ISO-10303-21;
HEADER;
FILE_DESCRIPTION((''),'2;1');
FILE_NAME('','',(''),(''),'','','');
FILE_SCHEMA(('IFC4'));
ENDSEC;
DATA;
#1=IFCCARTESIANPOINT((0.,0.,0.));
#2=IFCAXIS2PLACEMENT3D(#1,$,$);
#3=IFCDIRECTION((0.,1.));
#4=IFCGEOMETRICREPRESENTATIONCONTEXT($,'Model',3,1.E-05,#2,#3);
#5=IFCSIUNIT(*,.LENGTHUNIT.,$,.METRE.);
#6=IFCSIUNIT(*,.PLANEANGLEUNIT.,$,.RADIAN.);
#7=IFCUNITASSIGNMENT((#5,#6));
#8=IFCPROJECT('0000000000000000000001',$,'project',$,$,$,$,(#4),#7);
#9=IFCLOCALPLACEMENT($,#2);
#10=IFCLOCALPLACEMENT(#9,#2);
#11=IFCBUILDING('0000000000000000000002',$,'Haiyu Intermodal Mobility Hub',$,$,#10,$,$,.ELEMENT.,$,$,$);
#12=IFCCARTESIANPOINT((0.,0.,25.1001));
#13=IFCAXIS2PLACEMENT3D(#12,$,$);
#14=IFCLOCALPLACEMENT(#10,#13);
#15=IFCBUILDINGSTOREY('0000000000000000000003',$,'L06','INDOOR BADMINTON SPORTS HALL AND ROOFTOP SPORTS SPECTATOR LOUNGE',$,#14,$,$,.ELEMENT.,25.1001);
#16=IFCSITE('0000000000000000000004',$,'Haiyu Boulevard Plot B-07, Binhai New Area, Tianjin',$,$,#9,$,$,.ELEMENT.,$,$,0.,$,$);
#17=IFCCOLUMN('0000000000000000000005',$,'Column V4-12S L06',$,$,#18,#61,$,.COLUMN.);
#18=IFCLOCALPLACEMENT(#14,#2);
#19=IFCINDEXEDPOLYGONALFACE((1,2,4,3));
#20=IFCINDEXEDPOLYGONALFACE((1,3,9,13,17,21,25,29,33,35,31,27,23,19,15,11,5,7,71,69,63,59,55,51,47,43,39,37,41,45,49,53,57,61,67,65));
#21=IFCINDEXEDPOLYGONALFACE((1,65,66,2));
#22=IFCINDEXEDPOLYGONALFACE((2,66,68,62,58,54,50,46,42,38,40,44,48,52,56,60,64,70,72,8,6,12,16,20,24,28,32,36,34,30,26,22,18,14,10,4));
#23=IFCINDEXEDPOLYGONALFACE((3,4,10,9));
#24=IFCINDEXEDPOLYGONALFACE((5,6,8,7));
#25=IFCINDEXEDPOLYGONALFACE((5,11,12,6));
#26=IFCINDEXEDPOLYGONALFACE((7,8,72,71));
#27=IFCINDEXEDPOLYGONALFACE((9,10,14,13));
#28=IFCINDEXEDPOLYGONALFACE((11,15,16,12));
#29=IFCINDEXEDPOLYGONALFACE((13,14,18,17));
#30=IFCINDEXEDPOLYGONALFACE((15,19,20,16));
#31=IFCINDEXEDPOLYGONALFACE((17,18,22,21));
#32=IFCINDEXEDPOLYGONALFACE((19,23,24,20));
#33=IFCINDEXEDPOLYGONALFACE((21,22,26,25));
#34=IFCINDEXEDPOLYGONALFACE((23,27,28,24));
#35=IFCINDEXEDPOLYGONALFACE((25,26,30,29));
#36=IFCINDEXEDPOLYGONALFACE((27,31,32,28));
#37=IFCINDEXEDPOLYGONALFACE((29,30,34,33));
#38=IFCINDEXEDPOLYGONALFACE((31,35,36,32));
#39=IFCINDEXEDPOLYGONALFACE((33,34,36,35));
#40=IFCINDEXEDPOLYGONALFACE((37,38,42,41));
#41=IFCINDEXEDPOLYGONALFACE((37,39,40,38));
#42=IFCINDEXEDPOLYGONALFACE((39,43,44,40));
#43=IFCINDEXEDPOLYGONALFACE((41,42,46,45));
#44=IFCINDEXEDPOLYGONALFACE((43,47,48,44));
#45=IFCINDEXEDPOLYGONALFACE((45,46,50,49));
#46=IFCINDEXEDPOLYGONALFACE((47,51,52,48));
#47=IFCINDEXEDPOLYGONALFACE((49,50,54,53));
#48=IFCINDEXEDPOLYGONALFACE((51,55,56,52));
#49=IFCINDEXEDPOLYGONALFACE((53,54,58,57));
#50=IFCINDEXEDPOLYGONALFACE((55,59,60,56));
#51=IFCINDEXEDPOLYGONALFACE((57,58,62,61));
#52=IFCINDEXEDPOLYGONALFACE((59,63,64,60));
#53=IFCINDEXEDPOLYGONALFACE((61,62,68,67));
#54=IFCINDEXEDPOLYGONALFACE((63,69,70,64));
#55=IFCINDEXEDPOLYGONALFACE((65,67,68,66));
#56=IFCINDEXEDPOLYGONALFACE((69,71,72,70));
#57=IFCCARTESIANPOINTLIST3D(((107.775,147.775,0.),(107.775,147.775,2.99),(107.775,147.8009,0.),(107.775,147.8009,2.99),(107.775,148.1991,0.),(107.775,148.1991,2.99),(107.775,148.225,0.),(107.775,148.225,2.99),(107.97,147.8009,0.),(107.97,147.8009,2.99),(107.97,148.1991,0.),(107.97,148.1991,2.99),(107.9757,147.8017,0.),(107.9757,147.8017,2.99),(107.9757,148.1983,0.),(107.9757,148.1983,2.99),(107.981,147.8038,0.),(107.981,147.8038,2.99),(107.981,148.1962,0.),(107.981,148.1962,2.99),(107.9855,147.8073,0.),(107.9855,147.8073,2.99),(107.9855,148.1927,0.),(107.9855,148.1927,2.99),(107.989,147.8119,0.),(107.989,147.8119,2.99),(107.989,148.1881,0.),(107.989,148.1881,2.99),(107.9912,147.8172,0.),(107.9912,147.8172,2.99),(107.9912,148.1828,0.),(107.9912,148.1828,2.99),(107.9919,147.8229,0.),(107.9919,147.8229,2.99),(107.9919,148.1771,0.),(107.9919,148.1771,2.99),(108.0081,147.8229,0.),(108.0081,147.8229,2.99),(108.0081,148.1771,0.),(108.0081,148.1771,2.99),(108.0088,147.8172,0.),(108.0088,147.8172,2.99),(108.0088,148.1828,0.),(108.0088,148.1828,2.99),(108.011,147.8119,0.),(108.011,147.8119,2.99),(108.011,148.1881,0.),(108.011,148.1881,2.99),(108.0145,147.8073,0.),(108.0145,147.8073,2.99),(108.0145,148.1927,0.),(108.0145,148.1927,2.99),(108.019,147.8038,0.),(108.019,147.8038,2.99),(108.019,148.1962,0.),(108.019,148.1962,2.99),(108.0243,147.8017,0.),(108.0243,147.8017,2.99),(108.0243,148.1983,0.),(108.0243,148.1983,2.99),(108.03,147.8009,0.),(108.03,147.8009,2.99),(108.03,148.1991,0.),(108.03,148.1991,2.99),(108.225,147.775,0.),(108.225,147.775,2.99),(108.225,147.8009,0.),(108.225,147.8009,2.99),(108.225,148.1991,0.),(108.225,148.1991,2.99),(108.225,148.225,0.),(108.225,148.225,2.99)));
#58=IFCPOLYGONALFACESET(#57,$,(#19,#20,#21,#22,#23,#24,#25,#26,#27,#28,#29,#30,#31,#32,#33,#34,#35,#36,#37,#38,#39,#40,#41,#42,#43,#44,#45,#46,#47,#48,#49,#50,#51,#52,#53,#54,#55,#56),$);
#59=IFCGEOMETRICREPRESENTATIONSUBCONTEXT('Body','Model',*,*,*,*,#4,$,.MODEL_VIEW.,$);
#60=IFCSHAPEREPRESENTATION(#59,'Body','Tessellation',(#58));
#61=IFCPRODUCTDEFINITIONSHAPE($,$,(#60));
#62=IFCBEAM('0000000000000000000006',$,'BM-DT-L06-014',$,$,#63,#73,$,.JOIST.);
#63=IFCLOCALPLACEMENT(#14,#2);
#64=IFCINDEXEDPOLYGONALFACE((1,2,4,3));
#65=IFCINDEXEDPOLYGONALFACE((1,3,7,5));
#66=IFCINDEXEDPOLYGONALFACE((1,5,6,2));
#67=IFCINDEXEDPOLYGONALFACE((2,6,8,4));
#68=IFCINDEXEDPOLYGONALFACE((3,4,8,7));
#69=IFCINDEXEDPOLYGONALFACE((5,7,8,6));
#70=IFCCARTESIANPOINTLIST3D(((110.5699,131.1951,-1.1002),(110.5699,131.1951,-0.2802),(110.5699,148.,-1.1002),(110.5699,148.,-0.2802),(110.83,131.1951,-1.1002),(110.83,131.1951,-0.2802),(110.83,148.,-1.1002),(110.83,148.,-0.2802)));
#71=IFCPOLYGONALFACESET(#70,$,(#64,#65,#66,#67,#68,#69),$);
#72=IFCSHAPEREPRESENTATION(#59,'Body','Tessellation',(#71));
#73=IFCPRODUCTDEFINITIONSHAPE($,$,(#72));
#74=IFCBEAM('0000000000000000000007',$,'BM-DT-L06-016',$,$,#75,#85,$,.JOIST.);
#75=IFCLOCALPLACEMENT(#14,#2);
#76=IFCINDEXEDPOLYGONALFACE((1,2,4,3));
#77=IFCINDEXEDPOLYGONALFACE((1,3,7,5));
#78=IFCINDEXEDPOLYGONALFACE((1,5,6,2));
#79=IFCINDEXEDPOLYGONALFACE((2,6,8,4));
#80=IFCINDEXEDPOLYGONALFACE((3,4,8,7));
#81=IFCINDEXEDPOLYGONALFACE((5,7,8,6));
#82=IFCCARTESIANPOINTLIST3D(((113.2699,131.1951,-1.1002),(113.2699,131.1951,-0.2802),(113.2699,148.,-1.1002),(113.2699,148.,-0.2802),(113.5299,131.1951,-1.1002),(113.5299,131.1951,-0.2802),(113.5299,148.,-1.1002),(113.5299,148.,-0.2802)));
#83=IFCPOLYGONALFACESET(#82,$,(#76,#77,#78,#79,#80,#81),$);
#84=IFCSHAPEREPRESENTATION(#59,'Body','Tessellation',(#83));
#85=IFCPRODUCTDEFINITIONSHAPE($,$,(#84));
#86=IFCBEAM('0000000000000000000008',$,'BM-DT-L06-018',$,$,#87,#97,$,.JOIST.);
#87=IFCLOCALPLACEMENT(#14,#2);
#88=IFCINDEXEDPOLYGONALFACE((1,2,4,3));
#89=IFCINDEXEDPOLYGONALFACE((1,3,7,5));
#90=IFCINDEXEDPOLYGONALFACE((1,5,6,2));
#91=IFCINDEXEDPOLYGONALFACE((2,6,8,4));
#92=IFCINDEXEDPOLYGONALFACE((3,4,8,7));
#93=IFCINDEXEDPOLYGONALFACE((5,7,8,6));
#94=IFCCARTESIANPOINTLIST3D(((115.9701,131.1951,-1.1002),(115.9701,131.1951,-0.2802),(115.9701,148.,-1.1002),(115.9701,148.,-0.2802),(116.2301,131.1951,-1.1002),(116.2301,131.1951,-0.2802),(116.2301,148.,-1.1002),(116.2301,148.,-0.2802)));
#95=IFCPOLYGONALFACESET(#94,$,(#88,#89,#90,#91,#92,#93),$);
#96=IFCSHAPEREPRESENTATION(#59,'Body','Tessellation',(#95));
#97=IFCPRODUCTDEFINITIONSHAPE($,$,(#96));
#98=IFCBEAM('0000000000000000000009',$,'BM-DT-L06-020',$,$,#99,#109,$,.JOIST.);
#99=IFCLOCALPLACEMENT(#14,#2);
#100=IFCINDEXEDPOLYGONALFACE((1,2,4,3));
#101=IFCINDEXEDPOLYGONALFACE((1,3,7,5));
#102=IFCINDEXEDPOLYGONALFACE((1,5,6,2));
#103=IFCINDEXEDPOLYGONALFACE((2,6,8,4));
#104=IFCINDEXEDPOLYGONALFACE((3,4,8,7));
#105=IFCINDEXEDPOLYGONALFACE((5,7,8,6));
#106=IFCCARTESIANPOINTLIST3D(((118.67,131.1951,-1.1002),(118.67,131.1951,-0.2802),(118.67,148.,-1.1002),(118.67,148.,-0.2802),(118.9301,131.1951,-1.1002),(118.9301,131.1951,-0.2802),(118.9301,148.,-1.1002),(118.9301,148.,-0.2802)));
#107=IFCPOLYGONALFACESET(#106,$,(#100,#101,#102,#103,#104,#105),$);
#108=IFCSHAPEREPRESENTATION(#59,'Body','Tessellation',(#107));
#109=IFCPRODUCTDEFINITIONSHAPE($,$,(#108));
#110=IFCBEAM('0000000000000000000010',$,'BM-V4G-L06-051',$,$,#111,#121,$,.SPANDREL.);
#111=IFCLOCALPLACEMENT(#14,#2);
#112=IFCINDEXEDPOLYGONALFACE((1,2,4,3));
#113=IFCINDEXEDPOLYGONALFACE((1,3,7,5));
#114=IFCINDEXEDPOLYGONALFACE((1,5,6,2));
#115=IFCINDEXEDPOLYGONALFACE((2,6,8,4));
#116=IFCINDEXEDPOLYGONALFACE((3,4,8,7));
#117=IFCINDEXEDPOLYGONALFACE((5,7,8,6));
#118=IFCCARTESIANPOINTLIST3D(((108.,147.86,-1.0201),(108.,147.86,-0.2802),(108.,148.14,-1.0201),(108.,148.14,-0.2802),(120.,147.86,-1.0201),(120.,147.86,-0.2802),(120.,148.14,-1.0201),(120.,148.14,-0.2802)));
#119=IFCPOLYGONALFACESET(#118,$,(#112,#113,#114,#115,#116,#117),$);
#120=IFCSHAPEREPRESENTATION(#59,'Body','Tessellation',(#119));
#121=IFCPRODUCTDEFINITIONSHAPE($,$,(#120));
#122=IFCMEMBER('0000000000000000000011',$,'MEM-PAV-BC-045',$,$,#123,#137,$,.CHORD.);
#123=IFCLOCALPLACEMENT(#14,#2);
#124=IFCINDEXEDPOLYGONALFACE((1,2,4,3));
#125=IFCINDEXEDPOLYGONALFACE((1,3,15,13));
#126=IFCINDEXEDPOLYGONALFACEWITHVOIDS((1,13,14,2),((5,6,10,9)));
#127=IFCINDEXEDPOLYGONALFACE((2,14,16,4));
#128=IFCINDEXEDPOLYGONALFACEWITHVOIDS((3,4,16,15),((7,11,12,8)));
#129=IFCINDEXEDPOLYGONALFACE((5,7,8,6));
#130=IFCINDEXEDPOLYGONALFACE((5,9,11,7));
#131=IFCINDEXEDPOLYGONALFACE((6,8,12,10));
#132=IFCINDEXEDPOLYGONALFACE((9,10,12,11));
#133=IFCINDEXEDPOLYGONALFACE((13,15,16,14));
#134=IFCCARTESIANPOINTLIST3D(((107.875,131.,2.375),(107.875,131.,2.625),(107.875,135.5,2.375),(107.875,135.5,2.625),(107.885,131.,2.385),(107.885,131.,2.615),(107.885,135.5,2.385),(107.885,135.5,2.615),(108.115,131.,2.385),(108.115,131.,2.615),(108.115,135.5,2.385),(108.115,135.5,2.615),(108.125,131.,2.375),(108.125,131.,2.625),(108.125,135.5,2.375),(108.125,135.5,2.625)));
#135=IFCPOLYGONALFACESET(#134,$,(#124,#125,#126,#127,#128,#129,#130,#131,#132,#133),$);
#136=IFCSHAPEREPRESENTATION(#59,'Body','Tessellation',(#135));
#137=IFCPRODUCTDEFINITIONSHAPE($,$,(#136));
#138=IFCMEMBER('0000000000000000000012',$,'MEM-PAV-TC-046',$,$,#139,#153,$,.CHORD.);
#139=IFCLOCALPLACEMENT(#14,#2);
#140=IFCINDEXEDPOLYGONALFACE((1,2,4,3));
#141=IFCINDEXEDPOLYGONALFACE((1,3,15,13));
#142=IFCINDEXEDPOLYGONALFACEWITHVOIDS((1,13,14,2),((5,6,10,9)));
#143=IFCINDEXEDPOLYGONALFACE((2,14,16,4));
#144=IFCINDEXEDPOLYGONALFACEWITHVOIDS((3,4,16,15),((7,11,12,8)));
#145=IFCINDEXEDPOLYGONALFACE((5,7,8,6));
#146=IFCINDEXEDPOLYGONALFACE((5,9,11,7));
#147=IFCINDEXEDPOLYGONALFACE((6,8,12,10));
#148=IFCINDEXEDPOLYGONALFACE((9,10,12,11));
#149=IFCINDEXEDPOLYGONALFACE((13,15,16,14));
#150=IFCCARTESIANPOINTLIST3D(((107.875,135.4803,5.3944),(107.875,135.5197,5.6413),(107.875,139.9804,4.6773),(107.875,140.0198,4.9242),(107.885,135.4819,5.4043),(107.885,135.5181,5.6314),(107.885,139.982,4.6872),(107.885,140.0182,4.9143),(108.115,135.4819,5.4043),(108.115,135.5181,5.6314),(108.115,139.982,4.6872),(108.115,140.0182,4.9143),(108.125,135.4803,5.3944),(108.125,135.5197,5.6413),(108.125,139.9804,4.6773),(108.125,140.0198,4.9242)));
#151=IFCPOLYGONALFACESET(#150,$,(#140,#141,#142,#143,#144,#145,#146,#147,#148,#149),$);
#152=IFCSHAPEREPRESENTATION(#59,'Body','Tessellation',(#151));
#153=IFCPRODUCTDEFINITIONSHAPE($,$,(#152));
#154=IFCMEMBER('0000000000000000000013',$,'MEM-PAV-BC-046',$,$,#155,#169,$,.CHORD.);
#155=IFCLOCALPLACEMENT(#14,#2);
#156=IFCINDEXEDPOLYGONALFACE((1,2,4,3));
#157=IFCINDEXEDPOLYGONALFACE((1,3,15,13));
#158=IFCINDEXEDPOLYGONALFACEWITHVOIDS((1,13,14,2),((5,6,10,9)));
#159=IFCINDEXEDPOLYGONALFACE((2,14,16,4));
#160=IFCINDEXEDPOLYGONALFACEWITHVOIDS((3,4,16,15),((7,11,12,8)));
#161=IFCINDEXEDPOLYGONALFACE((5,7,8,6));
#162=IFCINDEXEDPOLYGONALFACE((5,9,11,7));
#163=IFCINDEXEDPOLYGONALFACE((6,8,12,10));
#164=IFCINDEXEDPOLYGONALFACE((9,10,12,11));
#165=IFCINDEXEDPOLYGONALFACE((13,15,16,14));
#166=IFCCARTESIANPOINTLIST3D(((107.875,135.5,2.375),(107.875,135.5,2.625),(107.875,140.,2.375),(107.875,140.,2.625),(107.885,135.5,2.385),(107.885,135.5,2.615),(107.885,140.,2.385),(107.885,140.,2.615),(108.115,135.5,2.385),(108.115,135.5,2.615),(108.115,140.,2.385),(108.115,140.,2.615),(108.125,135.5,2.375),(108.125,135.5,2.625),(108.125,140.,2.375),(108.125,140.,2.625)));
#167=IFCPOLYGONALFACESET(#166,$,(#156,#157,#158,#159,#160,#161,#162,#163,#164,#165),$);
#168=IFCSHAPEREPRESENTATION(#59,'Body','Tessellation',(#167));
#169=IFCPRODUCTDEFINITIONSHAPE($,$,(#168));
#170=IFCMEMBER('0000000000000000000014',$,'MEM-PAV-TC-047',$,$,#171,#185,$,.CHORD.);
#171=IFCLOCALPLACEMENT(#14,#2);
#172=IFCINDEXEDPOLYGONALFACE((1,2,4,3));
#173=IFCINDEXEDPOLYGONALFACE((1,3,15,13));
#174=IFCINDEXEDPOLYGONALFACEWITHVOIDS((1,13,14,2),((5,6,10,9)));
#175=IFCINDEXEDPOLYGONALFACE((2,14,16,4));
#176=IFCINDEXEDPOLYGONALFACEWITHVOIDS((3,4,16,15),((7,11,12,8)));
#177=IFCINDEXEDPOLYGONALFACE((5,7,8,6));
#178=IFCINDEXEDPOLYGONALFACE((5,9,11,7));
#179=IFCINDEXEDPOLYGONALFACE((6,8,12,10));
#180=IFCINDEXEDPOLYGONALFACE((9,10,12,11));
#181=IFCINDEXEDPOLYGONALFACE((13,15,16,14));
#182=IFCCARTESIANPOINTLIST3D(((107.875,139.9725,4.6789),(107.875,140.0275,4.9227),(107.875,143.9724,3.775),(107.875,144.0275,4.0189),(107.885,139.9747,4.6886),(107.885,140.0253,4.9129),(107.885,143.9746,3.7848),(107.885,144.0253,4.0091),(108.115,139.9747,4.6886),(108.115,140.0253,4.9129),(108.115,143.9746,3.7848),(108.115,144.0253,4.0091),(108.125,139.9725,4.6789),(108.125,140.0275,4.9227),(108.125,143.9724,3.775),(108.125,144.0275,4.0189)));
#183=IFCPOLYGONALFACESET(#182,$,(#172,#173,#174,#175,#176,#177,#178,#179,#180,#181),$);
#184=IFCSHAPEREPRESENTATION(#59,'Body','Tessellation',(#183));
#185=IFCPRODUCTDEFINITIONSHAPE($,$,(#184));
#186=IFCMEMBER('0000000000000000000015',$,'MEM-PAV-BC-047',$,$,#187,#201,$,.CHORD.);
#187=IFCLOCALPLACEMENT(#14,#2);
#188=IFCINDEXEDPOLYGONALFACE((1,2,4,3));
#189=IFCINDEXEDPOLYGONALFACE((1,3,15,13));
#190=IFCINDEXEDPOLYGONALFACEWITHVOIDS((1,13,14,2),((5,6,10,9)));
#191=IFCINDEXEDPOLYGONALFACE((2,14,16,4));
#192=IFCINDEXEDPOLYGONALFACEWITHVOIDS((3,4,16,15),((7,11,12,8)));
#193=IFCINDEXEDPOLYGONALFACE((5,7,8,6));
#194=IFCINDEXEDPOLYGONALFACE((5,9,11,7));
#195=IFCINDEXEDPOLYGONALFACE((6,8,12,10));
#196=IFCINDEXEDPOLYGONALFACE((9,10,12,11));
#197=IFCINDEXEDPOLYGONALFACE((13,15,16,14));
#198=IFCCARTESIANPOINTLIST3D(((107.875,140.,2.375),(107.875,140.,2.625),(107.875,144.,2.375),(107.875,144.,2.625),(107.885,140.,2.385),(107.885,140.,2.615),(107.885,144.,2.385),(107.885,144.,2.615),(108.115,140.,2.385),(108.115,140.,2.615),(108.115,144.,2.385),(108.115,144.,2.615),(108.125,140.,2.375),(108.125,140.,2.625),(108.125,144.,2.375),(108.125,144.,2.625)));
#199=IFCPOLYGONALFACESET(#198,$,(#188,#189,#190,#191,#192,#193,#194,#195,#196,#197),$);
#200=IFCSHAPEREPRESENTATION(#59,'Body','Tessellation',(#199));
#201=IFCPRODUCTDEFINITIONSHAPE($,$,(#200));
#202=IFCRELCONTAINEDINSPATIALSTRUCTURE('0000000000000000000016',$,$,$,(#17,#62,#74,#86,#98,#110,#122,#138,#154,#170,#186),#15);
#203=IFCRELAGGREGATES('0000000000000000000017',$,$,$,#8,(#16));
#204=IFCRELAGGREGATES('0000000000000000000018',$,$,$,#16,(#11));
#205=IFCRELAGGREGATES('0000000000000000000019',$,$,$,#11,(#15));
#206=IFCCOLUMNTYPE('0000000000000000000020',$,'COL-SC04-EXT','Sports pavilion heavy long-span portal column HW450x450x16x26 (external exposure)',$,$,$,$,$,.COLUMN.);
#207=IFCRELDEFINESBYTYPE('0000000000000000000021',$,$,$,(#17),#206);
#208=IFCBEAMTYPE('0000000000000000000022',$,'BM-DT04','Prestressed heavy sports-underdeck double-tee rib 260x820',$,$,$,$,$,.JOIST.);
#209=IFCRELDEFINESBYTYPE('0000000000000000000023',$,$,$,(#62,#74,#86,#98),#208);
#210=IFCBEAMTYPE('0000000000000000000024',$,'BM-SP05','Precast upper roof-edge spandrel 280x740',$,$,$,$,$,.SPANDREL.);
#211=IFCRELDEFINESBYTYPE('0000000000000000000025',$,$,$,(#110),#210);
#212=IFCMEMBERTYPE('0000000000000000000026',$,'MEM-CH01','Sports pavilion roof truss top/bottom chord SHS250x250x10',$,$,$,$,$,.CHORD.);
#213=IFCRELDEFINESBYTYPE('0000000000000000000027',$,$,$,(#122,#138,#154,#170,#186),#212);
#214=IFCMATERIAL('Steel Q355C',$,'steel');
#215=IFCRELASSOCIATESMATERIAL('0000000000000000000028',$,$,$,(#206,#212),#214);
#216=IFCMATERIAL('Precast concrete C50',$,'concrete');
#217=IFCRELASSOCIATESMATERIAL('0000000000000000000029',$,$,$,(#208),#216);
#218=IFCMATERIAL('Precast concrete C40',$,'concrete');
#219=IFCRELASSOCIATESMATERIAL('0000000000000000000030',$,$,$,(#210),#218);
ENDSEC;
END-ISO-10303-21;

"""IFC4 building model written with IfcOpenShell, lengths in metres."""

from ifc_helpers import new_model, si_unit, direction, frame, origin, origin_2d, place, context, subcontext, project, spatial, rectangle, hollow_rectangle, i_section, extrude, material, material_profile, profile_set, type_object, element, save


model = new_model("IFC4")

# Units and contexts
model_context = context("Model", 3, precision=1e-05, world=origin(), true_north=direction((0.0, 1.0)))
body_context = subcontext(model_context, "Body", "Model", "MODEL_VIEW")
ifc_project = project(units=[si_unit("LENGTHUNIT", "METRE"), si_unit("PLANEANGLEUNIT", "RADIAN")], contexts=[model_context])

# Site, building, storey
site_placement = place(None, origin())
site = spatial("IfcSite", under=ifc_project, at=site_placement, Name="Haiyu Boulevard Plot B-07, Binhai New Area, Tianjin", CompositionType="ELEMENT", RefElevation=0.0)
building_placement = place(site_placement, origin())
building = spatial("IfcBuilding", under=site, at=building_placement, Name="Haiyu Intermodal Mobility Hub", CompositionType="ELEMENT")
storey_placement = place(building_placement, frame((0.0, 0.0, 25.1001)))
storey = spatial("IfcBuildingStorey", under=building, at=storey_placement, Name="L06", Description="INDOOR BADMINTON SPORTS HALL AND ROOFTOP SPORTS SPECTATOR LOUNGE", CompositionType="ELEMENT", Elevation=25.1001)

# Column
ifc_material_1 = material(Name="Steel Q355C", Category="steel")
ifc_material_profile_1 = material_profile(ifc_material_1, i_section(OverallWidth=0.45, OverallDepth=0.45, WebThickness=0.0161, FlangeThickness=0.0259, FilletRadius=0.022, at=origin_2d()), Name="HW450x450x16x26")
ifc_profile_set_1 = profile_set([ifc_material_profile_1], Name="Steel Q355C")
column_type = type_object("IfcColumnType", Name="COL-SC04-EXT", Description="Sports pavilion heavy long-span portal column HW450x450x16x26 (external exposure)", PredefinedType="COLUMN", material=ifc_profile_set_1)
column_placement = place(storey_placement, frame((108.0, 148.0, 0.0), z_axis=(0.0, 0.0, 1.0), x_axis=(1.0, 0.0, 0.0)))
element("IfcColumn", 1, at=column_placement, inside=storey, type_object=column_type, Name="Column V4-12S L06", PredefinedType="COLUMN", context=body_context, shape_type="SweptSolid", body=[
    extrude(i_section(OverallWidth=0.45, OverallDepth=0.45, WebThickness=0.0161, FlangeThickness=0.0259, FilletRadius=0.022, at=origin_2d()), origin(), (0.0, 0.0, 1.0), 2.99),
])

# Beams
ifc_material_2 = material(Name="Precast concrete C50", Category="concrete")
ifc_material_profile_2 = material_profile(ifc_material_2, rectangle(XDim=0.26, YDim=0.8201, at=origin_2d()), Name="PC260x820")
ifc_profile_set_2 = profile_set([ifc_material_profile_2], Name="Precast concrete C50")
beam_type_1 = type_object("IfcBeamType", Name="BM-DT04", Description="Prestressed heavy sports-underdeck double-tee rib 260x820", PredefinedType="JOIST", material=ifc_profile_set_2)
for number, where, z_axis, x_axis, name in (
    (2, (110.7, 131.1951, -0.6902), (0.0, 1.0, 0.0), (-1.0, 0.0, 0.0), "BM-DT-L06-014"),
    (3, (113.3999, 131.1951, -0.6902), (0.0, 1.0, 0.0), (-1.0, 0.0, 0.0), "BM-DT-L06-016"),
    (4, (116.1001, 131.1951, -0.6902), (0.0, 1.0, 0.0), (-1.0, 0.0, 0.0), "BM-DT-L06-018"),
    (5, (118.8, 131.1951, -0.6902), (0.0, 1.0, 0.0), (-1.0, 0.0, 0.0), "BM-DT-L06-020"),
):
    element("IfcBeam", number, at=place(storey_placement, frame(where, z_axis=z_axis, x_axis=x_axis)), inside=storey, type_object=beam_type_1, Name=name, PredefinedType="JOIST", context=body_context, shape_type="SweptSolid", body=[
        extrude(rectangle(XDim=0.26, YDim=0.8201, at=origin_2d()), origin(), (0.0, 0.0, 1.0), 16.8049),
    ])
ifc_material_3 = material(Name="Precast concrete C40", Category="concrete")
ifc_material_profile_3 = material_profile(ifc_material_3, rectangle(XDim=0.28, YDim=0.74, at=origin_2d()), Name="B280x740")
ifc_profile_set_3 = profile_set([ifc_material_profile_3], Name="Precast concrete C40")
beam_type_2 = type_object("IfcBeamType", Name="BM-SP05", Description="Precast upper roof-edge spandrel 280x740", PredefinedType="SPANDREL", material=ifc_profile_set_3)
beam_placement = place(storey_placement, frame((108.0, 148.0, -0.6501), z_axis=(1.0, 0.0, 0.0), x_axis=(0.0, 1.0, 0.0)))
element("IfcBeam", 6, at=beam_placement, inside=storey, type_object=beam_type_2, Name="BM-V4G-L06-051", PredefinedType="SPANDREL", context=body_context, shape_type="SweptSolid", body=[
    extrude(rectangle(XDim=0.28, YDim=0.74, at=origin_2d()), origin(), (0.0, 0.0, 1.0), 12.0),
])

# Members
ifc_material_profile_4 = material_profile(ifc_material_1, hollow_rectangle(XDim=0.25, YDim=0.25, WallThickness=0.01, at=origin_2d()), Name="SHS250x250x10")
ifc_profile_set_4 = profile_set([ifc_material_profile_4], Name="Steel Q355C")
member_type_1 = type_object("IfcMemberType", Name="MEM-CH01", Description="Sports pavilion roof truss top/bottom chord SHS250x250x10", PredefinedType="CHORD", material=ifc_profile_set_4)
member_1_placement = place(storey_placement, frame((108.0, 131.0, 2.5), z_axis=(0.0, 1.0, 0.0), x_axis=(-1.0, 0.0, 0.0)))
element("IfcMember", 7, at=member_1_placement, inside=storey, type_object=member_type_1, Name="MEM-PAV-BC-045", PredefinedType="CHORD", context=body_context, shape_type="SweptSolid", body=[
    extrude(hollow_rectangle(XDim=0.25, YDim=0.25, WallThickness=0.01, at=origin_2d()), origin(), (0.0, 0.0, 1.0), 4.5),
])
member_2_placement = place(storey_placement, frame((108.0, 135.5, 5.5178), z_axis=(0.0, 0.987542, -0.157357), x_axis=(-1.0, 0.0, 0.0)))
element("IfcMember", 8, at=member_2_placement, inside=storey, type_object=member_type_1, Name="MEM-PAV-TC-046", PredefinedType="CHORD", context=body_context, shape_type="SweptSolid", body=[
    extrude(hollow_rectangle(XDim=0.25, YDim=0.25, WallThickness=0.01, at=origin_2d()), origin(), (0.0, 0.0, 1.0), 4.5569),
])
member_3_placement = place(storey_placement, frame((108.0, 135.5, 2.5), z_axis=(0.0, 1.0, 0.0), x_axis=(-1.0, 0.0, 0.0)))
element("IfcMember", 9, at=member_3_placement, inside=storey, type_object=member_type_1, Name="MEM-PAV-BC-046", PredefinedType="CHORD", context=body_context, shape_type="SweptSolid", body=[
    extrude(hollow_rectangle(XDim=0.25, YDim=0.25, WallThickness=0.01, at=origin_2d()), origin(), (0.0, 0.0, 1.0), 4.5),
])
member_4_placement = place(storey_placement, frame((108.0, 140.0, 4.8008), z_axis=(0.0, 0.97541, -0.220396), x_axis=(-1.0, 0.0, 0.0)))
element("IfcMember", 10, at=member_4_placement, inside=storey, type_object=member_type_1, Name="MEM-PAV-TC-047", PredefinedType="CHORD", context=body_context, shape_type="SweptSolid", body=[
    extrude(hollow_rectangle(XDim=0.25, YDim=0.25, WallThickness=0.01, at=origin_2d()), origin(), (0.0, 0.0, 1.0), 4.1008),
])
member_5_placement = place(storey_placement, frame((108.0, 140.0, 2.5), z_axis=(0.0, 1.0, 0.0), x_axis=(-1.0, 0.0, 0.0)))
element("IfcMember", 11, at=member_5_placement, inside=storey, type_object=member_type_1, Name="MEM-PAV-BC-047", PredefinedType="CHORD", context=body_context, shape_type="SweptSolid", body=[
    extrude(hollow_rectangle(XDim=0.25, YDim=0.25, WallThickness=0.01, at=origin_2d()), origin(), (0.0, 0.0, 1.0), 4.0),
])

save(model, "model.ifc")
